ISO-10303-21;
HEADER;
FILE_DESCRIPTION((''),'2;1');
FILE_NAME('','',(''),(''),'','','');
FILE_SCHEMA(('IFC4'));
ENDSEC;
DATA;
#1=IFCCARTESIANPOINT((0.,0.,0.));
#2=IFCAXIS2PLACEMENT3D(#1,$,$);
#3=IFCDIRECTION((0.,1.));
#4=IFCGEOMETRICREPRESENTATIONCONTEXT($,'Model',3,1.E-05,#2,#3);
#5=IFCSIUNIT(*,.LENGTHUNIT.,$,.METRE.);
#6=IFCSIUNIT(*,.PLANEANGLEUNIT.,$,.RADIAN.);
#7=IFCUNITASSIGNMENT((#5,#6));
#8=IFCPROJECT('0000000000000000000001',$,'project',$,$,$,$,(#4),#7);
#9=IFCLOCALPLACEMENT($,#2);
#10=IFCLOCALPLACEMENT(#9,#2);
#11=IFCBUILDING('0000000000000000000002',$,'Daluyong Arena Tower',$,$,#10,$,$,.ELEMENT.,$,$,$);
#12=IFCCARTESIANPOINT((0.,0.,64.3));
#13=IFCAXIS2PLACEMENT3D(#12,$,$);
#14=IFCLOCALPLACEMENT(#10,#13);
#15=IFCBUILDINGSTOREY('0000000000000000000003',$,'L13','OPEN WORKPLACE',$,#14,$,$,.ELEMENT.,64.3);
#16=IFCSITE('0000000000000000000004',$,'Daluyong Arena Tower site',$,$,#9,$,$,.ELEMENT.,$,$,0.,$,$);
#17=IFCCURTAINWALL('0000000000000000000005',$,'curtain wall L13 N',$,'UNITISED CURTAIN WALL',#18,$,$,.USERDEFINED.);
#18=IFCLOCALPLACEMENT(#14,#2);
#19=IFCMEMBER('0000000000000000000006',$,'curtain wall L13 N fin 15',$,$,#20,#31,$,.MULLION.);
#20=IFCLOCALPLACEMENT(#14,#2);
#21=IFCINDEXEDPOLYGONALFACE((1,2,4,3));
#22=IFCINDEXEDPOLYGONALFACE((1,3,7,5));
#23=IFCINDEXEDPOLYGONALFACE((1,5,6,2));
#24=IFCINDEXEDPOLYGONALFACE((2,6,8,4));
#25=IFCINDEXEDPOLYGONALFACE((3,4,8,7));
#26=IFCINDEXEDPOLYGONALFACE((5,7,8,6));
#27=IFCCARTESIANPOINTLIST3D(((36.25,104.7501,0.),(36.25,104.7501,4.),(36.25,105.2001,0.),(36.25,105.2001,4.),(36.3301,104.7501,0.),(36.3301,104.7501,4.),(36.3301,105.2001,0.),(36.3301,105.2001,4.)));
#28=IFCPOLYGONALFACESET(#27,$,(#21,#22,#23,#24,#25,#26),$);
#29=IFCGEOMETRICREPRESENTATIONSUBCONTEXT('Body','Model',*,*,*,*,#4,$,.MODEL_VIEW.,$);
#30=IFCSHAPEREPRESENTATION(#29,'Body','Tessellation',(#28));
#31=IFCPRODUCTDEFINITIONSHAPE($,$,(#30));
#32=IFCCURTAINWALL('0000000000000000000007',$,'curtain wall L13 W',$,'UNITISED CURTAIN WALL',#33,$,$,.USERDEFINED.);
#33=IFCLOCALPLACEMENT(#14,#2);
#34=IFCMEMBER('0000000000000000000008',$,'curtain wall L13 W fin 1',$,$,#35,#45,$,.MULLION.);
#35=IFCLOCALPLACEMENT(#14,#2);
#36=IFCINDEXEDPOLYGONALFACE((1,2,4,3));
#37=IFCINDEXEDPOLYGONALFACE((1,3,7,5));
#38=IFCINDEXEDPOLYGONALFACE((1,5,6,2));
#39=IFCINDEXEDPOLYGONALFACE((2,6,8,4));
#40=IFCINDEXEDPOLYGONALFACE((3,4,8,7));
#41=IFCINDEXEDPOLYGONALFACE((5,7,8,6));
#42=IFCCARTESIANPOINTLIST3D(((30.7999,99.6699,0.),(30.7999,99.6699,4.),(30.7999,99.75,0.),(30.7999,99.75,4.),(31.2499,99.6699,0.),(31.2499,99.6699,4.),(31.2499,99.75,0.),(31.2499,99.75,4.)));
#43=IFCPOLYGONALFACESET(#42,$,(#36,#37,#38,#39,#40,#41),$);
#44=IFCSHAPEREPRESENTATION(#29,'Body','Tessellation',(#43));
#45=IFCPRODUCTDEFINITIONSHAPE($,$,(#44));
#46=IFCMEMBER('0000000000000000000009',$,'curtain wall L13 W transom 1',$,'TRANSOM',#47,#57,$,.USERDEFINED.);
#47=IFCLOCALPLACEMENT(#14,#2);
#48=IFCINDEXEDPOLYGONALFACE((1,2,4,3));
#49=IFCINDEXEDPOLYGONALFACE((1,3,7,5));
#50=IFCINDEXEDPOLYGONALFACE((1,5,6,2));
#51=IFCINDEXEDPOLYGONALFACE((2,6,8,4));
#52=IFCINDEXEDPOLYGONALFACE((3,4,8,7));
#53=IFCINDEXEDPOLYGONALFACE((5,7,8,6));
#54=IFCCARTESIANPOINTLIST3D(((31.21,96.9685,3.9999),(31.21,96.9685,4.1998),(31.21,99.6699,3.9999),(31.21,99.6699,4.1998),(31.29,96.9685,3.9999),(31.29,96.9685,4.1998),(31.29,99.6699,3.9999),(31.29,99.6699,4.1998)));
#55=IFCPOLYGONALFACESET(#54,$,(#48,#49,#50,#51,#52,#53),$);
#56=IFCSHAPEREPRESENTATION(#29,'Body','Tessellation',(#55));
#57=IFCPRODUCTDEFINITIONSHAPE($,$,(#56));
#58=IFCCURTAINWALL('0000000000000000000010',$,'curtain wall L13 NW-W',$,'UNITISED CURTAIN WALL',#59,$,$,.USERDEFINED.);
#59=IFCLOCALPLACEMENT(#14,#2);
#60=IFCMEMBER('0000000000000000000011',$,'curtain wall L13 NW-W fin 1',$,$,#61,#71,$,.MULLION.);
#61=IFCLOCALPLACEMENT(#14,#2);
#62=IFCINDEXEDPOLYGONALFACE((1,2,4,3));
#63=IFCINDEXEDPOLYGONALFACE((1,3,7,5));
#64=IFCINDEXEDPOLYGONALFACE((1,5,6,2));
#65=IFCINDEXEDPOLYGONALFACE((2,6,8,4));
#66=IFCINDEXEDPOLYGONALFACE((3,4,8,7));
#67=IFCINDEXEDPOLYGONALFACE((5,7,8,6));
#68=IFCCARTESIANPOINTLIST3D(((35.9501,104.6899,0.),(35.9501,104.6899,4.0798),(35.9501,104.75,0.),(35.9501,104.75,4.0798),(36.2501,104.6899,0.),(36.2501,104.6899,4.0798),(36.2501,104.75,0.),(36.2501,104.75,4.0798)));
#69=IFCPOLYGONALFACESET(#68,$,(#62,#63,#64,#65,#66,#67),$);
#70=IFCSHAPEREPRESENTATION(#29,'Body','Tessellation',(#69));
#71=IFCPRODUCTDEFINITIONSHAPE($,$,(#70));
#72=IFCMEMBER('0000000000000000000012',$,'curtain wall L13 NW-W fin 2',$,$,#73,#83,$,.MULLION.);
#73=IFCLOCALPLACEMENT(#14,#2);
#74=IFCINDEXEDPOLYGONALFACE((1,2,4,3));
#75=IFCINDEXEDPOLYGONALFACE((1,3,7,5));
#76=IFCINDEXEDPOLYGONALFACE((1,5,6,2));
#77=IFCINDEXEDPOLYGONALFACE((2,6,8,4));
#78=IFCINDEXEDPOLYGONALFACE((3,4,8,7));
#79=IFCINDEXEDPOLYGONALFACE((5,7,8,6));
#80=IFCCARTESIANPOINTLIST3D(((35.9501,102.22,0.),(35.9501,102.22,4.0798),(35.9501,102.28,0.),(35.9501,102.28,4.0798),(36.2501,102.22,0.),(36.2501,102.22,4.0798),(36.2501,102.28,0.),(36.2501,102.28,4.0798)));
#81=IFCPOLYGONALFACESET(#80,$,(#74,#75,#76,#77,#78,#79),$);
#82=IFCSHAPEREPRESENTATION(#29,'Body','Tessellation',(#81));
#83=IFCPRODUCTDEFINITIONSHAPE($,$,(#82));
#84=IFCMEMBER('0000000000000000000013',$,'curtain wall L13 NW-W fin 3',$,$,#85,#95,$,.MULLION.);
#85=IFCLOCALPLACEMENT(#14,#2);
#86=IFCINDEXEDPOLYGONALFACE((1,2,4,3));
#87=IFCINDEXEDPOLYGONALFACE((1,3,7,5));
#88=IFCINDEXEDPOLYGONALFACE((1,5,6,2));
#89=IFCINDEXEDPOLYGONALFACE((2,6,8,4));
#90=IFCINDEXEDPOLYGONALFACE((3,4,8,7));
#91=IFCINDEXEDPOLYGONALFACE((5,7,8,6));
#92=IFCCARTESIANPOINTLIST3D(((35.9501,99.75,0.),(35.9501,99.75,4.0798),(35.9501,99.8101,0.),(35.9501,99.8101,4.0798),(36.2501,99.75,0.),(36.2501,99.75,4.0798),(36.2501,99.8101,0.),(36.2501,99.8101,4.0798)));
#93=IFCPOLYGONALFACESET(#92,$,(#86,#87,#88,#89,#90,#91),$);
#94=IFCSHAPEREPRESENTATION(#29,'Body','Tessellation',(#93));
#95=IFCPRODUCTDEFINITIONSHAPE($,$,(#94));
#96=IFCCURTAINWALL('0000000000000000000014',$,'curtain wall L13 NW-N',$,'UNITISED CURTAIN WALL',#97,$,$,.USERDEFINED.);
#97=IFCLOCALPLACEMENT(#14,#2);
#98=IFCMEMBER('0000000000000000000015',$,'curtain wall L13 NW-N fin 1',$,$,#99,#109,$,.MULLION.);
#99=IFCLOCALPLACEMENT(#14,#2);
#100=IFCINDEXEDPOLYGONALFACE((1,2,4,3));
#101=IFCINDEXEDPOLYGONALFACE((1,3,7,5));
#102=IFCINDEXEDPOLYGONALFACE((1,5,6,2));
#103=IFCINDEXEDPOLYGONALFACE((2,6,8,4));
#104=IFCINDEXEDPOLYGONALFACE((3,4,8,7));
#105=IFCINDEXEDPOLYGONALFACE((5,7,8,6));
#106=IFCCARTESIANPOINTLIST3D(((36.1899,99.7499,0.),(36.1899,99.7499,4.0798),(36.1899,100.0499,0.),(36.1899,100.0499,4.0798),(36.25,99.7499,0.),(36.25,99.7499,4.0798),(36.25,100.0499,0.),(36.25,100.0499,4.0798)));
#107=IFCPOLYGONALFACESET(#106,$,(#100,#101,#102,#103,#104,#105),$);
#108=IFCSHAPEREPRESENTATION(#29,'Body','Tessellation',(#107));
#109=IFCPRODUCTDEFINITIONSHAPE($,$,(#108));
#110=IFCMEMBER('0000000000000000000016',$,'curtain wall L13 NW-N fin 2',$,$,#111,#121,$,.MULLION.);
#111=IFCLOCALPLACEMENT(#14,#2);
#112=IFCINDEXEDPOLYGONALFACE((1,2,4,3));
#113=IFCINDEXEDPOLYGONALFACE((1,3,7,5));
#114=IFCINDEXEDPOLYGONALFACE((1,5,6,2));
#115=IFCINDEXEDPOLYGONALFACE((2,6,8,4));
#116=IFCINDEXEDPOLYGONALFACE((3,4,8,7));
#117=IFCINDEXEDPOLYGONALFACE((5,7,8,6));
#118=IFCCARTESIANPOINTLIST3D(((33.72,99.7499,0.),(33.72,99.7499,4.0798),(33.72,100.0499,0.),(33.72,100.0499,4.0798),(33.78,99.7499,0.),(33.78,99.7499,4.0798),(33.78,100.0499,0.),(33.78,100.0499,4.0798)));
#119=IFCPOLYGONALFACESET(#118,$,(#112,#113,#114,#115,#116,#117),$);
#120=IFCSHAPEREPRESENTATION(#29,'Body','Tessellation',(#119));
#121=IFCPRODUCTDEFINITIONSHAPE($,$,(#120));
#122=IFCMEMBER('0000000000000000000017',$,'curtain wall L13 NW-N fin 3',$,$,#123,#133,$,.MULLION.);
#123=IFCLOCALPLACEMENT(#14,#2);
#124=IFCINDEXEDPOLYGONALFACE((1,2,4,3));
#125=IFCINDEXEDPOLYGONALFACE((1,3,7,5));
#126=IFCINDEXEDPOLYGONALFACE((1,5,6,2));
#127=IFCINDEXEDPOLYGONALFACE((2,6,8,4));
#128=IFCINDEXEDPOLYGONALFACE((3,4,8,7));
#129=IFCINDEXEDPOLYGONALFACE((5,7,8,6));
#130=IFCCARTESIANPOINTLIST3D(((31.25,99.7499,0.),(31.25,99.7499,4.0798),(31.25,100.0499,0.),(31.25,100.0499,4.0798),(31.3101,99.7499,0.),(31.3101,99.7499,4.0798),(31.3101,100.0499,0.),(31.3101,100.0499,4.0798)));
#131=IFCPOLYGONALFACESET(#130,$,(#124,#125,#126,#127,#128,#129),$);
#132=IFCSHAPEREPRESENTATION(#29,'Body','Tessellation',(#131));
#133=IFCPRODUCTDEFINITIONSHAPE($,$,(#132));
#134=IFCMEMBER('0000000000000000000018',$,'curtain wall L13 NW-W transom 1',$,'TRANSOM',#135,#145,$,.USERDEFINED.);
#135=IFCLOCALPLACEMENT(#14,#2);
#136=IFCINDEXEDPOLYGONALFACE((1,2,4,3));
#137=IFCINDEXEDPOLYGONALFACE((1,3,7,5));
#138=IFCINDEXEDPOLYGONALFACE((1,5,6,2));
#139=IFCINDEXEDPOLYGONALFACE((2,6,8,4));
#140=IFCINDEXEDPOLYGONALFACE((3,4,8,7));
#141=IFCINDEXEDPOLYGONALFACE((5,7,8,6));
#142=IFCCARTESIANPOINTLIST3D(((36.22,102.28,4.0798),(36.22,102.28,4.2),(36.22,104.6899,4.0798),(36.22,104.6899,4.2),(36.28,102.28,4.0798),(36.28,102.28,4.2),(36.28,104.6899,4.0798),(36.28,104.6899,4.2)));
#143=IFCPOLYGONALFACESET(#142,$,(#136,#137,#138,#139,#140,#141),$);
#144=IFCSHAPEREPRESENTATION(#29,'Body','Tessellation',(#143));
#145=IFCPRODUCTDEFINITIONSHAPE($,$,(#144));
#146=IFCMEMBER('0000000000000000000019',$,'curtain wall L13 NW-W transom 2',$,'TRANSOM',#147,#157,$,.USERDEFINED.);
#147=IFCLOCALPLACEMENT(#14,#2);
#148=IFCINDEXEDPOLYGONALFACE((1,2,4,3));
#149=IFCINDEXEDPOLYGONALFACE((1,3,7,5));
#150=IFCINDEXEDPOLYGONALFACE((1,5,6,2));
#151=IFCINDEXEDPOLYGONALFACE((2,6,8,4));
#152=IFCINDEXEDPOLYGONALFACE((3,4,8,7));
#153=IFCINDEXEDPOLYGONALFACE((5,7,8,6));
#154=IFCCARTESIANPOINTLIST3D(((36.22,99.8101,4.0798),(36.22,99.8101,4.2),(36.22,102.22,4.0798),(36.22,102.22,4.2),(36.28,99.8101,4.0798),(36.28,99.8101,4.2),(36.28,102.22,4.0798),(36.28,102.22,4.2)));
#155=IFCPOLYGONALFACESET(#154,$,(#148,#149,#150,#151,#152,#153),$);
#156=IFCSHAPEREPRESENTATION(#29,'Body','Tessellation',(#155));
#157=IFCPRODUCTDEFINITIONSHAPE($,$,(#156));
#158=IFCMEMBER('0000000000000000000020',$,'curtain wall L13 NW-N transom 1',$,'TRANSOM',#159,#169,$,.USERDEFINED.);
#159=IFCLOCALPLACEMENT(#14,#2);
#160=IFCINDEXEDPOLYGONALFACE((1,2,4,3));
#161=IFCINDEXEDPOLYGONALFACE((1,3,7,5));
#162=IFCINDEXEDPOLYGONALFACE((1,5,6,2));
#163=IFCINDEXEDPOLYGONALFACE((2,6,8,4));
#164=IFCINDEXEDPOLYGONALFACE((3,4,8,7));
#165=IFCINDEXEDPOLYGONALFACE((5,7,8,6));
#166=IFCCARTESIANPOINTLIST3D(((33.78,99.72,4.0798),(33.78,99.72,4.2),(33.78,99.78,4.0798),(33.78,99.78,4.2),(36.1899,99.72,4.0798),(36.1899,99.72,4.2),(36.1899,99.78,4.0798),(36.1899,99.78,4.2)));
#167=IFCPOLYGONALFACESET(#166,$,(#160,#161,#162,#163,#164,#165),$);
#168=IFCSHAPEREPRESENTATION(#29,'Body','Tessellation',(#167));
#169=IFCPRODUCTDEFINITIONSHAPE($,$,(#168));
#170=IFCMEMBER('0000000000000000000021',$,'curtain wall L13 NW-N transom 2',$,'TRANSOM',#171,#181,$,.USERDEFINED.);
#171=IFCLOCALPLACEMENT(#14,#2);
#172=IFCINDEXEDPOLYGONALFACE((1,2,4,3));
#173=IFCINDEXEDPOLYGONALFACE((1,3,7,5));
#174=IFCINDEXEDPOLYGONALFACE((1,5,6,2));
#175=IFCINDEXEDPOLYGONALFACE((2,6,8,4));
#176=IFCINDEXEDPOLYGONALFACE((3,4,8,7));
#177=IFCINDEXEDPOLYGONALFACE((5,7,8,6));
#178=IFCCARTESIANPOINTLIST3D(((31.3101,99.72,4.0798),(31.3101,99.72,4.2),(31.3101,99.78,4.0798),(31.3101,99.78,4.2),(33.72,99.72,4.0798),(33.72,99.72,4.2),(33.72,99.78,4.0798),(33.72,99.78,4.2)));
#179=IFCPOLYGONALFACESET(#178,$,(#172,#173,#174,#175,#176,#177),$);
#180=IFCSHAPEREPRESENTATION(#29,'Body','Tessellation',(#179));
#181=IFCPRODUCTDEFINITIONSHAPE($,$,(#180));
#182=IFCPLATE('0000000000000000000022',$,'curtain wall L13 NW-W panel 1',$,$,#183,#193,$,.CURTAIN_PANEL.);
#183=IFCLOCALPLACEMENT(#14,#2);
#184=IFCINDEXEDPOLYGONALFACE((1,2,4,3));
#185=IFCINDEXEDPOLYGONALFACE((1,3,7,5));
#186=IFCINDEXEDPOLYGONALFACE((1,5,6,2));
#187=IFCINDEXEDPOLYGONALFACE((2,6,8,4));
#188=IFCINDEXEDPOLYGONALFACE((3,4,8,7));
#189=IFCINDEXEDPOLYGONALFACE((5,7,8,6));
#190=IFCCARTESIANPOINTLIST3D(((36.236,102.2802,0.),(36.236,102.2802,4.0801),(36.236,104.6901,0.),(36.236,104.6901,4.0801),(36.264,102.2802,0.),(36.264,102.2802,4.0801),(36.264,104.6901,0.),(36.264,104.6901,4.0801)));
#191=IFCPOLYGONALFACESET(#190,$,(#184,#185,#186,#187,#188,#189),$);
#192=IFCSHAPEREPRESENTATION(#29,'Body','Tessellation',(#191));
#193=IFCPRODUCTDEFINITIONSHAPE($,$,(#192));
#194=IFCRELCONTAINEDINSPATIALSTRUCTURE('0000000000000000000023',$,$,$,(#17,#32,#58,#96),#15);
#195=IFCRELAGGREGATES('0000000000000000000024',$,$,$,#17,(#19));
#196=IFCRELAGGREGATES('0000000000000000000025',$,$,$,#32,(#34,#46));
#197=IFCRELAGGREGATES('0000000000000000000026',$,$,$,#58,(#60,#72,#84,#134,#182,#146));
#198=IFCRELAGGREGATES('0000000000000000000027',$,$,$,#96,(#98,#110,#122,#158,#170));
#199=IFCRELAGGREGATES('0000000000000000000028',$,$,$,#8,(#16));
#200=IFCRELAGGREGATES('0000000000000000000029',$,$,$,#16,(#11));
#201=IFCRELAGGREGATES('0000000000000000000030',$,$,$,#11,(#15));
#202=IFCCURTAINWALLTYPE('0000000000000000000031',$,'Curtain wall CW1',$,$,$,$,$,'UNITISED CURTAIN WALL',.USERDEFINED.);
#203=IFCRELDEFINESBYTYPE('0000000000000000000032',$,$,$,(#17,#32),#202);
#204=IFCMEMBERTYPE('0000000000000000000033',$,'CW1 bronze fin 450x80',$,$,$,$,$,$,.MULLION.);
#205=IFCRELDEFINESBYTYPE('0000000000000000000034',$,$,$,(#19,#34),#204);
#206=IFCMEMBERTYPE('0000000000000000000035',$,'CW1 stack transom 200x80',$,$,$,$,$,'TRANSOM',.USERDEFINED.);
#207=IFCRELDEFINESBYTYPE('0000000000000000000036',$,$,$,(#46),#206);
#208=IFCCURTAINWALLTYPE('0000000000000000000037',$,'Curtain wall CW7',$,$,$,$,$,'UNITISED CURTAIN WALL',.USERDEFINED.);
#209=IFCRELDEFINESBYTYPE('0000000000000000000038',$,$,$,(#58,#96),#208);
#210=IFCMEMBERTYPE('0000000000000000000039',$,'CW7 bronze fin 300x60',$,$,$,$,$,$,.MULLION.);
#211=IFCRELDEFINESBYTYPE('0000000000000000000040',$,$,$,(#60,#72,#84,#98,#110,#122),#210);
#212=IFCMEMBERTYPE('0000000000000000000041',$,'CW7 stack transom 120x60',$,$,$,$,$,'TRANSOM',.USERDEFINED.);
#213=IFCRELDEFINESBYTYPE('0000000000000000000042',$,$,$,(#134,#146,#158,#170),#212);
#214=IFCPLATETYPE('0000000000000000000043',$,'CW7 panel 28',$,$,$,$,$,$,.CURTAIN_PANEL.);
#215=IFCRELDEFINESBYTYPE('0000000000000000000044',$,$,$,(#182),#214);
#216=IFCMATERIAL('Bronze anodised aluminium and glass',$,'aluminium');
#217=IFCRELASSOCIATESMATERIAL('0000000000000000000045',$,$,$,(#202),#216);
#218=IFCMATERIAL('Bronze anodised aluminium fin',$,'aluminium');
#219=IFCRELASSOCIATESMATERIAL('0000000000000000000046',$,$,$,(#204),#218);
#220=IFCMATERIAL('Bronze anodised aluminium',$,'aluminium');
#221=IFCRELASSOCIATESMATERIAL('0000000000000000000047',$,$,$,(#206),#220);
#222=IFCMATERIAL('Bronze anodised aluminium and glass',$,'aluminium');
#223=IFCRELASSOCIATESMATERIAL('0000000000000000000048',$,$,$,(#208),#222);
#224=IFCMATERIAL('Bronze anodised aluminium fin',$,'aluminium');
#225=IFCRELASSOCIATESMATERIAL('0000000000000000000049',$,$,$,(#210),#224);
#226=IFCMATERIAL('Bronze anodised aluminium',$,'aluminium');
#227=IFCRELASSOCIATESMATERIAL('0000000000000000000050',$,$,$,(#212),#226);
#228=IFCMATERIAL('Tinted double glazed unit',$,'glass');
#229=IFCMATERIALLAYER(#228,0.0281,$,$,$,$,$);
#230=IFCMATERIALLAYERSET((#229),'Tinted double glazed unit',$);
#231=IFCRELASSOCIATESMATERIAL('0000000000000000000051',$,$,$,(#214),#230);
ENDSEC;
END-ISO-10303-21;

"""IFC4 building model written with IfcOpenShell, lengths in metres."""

from ifc_helpers import new_model, si_unit, direction, frame, origin, origin_2d, place, context, subcontext, project, spatial, rectangle, extrude, material, layer, layer_set, material_profile, profile_set, type_object, element, aggregate, save


model = new_model("IFC4")

# Units and contexts
model_context = context("Model", 3, precision=1e-05, world=origin(), true_north=direction((0.0, 1.0)))
body_context = subcontext(model_context, "Body", "Model", "MODEL_VIEW")
ifc_project = project(units=[si_unit("LENGTHUNIT", "METRE"), si_unit("PLANEANGLEUNIT", "RADIAN")], contexts=[model_context])

# Site, building, storey
site_placement = place(None, origin())
site = spatial("IfcSite", under=ifc_project, at=site_placement, Name="Daluyong Arena Tower site", CompositionType="ELEMENT", RefElevation=0.0)
building_placement = place(site_placement, origin())
building = spatial("IfcBuilding", under=site, at=building_placement, Name="Daluyong Arena Tower", CompositionType="ELEMENT")
storey_placement = place(building_placement, frame((0.0, 0.0, 64.3)))
storey = spatial("IfcBuildingStorey", under=building, at=storey_placement, Name="L13", Description="OPEN WORKPLACE", CompositionType="ELEMENT", Elevation=64.3)

# Curtain wall, member
ifc_material_1 = material(Name="Bronze anodised aluminium and glass", Category="aluminium")
curtain_wall_type_1 = type_object("IfcCurtainWallType", Name="Curtain wall CW1", ElementType="UNITISED CURTAIN WALL", PredefinedType="USERDEFINED", material=ifc_material_1)
curtain_wall_1_placement = place(storey_placement, origin())
curtain_wall_1 = element("IfcCurtainWall", 1, at=curtain_wall_1_placement, inside=storey, type_object=curtain_wall_type_1, Name="curtain wall L13 N", ObjectType="UNITISED CURTAIN WALL", PredefinedType="USERDEFINED")
ifc_material_2 = material(Name="Bronze anodised aluminium fin", Category="aluminium")
ifc_material_profile_1 = material_profile(ifc_material_2, rectangle(XDim=0.45, YDim=0.0801, at=origin_2d()))
ifc_profile_set_1 = profile_set([ifc_material_profile_1], Name="Bronze anodised aluminium fin")
member_type_1 = type_object("IfcMemberType", Name="CW1 bronze fin 450x80", PredefinedType="MULLION", material=ifc_profile_set_1)
member_1_placement = place(storey_placement, frame((36.29, 104.9751, 0.0), z_axis=(0.0, 0.0, 1.0), x_axis=(0.0, -1.0, 0.0)))
member_1 = element("IfcMember", 2, at=member_1_placement, type_object=member_type_1, Name="curtain wall L13 N fin 15", PredefinedType="MULLION", context=body_context, shape_type="SweptSolid", body=[
    extrude(rectangle(XDim=0.45, YDim=0.0801, at=origin_2d()), origin(), (0.0, 0.0, 1.0), 4.0),
])
aggregate(curtain_wall_1, [member_1])

# Curtain walls, members
curtain_wall_2_placement = place(storey_placement, origin())
curtain_wall_2 = element("IfcCurtainWall", 3, at=curtain_wall_2_placement, inside=storey, type_object=curtain_wall_type_1, Name="curtain wall L13 W", ObjectType="UNITISED CURTAIN WALL", PredefinedType="USERDEFINED")
member_2_placement = place(storey_placement, frame((31.0249, 99.71, 0.0), z_axis=(0.0, 0.0, 1.0), x_axis=(1.0, 0.0, 0.0)))
member_2 = element("IfcMember", 4, at=member_2_placement, type_object=member_type_1, Name="curtain wall L13 W fin 1", PredefinedType="MULLION", context=body_context, shape_type="SweptSolid", body=[
    extrude(rectangle(XDim=0.45, YDim=0.0801, at=origin_2d()), origin(), (0.0, 0.0, 1.0), 4.0),
])
ifc_material_3 = material(Name="Bronze anodised aluminium", Category="aluminium")
ifc_material_profile_2 = material_profile(ifc_material_3, rectangle(XDim=0.0801, YDim=0.2, at=origin_2d()))
ifc_profile_set_2 = profile_set([ifc_material_profile_2], Name="Bronze anodised aluminium")
member_type_2 = type_object("IfcMemberType", Name="CW1 stack transom 200x80", ElementType="TRANSOM", PredefinedType="USERDEFINED", material=ifc_profile_set_2)
member_3_placement = place(storey_placement, frame((31.25, 99.6699, 4.0999), z_axis=(0.0, -1.0, 0.0), x_axis=(1.0, 0.0, 0.0)))
member_3 = element("IfcMember", 5, at=member_3_placement, type_object=member_type_2, Name="curtain wall L13 W transom 1", ObjectType="TRANSOM", PredefinedType="USERDEFINED", context=body_context, shape_type="SweptSolid", body=[
    extrude(rectangle(XDim=0.0801, YDim=0.2, at=origin_2d()), origin(), (0.0, 0.0, 1.0), 2.7014),
])
aggregate(curtain_wall_2, [member_2, member_3])
ifc_material_4 = material(Name="Bronze anodised aluminium and glass", Category="aluminium")
curtain_wall_type_2 = type_object("IfcCurtainWallType", Name="Curtain wall CW7", ElementType="UNITISED CURTAIN WALL", PredefinedType="USERDEFINED", material=ifc_material_4)
curtain_wall_3_placement = place(storey_placement, origin())
curtain_wall_3 = element("IfcCurtainWall", 6, at=curtain_wall_3_placement, inside=storey, type_object=curtain_wall_type_2, Name="curtain wall L13 NW-W", ObjectType="UNITISED CURTAIN WALL", PredefinedType="USERDEFINED")
ifc_material_5 = material(Name="Bronze anodised aluminium fin", Category="aluminium")
ifc_material_profile_3 = material_profile(ifc_material_5, rectangle(XDim=0.3, YDim=0.0601, at=origin_2d()))
ifc_profile_set_3 = profile_set([ifc_material_profile_3], Name="Bronze anodised aluminium fin")
member_type_3 = type_object("IfcMemberType", Name="CW7 bronze fin 300x60", PredefinedType="MULLION", material=ifc_profile_set_3)
member_4_placement = place(storey_placement, frame((36.1001, 104.72, 0.0), z_axis=(0.0, 0.0, 1.0), x_axis=(1.0, 0.0, 0.0)))
member_4 = element("IfcMember", 7, at=member_4_placement, type_object=member_type_3, Name="curtain wall L13 NW-W fin 1", PredefinedType="MULLION", context=body_context, shape_type="SweptSolid", body=[
    extrude(rectangle(XDim=0.3, YDim=0.0601, at=origin_2d()), origin(), (0.0, 0.0, 1.0), 4.0798),
])
member_5_placement = place(storey_placement, frame((36.1001, 102.25, 0.0), z_axis=(0.0, 0.0, 1.0), x_axis=(1.0, 0.0, 0.0)))
member_5 = element("IfcMember", 8, at=member_5_placement, type_object=member_type_3, Name="curtain wall L13 NW-W fin 2", PredefinedType="MULLION", context=body_context, shape_type="SweptSolid", body=[
    extrude(rectangle(XDim=0.3, YDim=0.0601, at=origin_2d()), origin(), (0.0, 0.0, 1.0), 4.0798),
])
member_6_placement = place(storey_placement, frame((36.1001, 99.78, 0.0), z_axis=(0.0, 0.0, 1.0), x_axis=(1.0, 0.0, 0.0)))
member_6 = element("IfcMember", 9, at=member_6_placement, type_object=member_type_3, Name="curtain wall L13 NW-W fin 3", PredefinedType="MULLION", context=body_context, shape_type="SweptSolid", body=[
    extrude(rectangle(XDim=0.3, YDim=0.0601, at=origin_2d()), origin(), (0.0, 0.0, 1.0), 4.0798),
])
curtain_wall_4_placement = place(storey_placement, origin())
curtain_wall_4 = element("IfcCurtainWall", 10, at=curtain_wall_4_placement, inside=storey, type_object=curtain_wall_type_2, Name="curtain wall L13 NW-N", ObjectType="UNITISED CURTAIN WALL", PredefinedType="USERDEFINED")
member_7_placement = place(storey_placement, frame((36.22, 99.8999, 0.0), z_axis=(0.0, 0.0, 1.0), x_axis=(0.0, -1.0, 0.0)))
member_7 = element("IfcMember", 11, at=member_7_placement, type_object=member_type_3, Name="curtain wall L13 NW-N fin 1", PredefinedType="MULLION", context=body_context, shape_type="SweptSolid", body=[
    extrude(rectangle(XDim=0.3, YDim=0.0601, at=origin_2d()), origin(), (0.0, 0.0, 1.0), 4.0798),
])
member_8_placement = place(storey_placement, frame((33.75, 99.8999, 0.0), z_axis=(0.0, 0.0, 1.0), x_axis=(0.0, -1.0, 0.0)))
member_8 = element("IfcMember", 12, at=member_8_placement, type_object=member_type_3, Name="curtain wall L13 NW-N fin 2", PredefinedType="MULLION", context=body_context, shape_type="SweptSolid", body=[
    extrude(rectangle(XDim=0.3, YDim=0.0601, at=origin_2d()), origin(), (0.0, 0.0, 1.0), 4.0798),
])
member_9_placement = place(storey_placement, frame((31.28, 99.8999, 0.0), z_axis=(0.0, 0.0, 1.0), x_axis=(0.0, -1.0, 0.0)))
member_9 = element("IfcMember", 13, at=member_9_placement, type_object=member_type_3, Name="curtain wall L13 NW-N fin 3", PredefinedType="MULLION", context=body_context, shape_type="SweptSolid", body=[
    extrude(rectangle(XDim=0.3, YDim=0.0601, at=origin_2d()), origin(), (0.0, 0.0, 1.0), 4.0798),
])

# Members
ifc_material_6 = material(Name="Bronze anodised aluminium", Category="aluminium")
ifc_material_profile_4 = material_profile(ifc_material_6, rectangle(XDim=0.0601, YDim=0.1201, at=origin_2d()))
ifc_profile_set_4 = profile_set([ifc_material_profile_4], Name="Bronze anodised aluminium")
member_type_4 = type_object("IfcMemberType", Name="CW7 stack transom 120x60", ElementType="TRANSOM", PredefinedType="USERDEFINED", material=ifc_profile_set_4)
member_10_placement = place(storey_placement, frame((36.25, 104.6899, 4.1399), z_axis=(0.0, -1.0, 0.0), x_axis=(1.0, 0.0, 0.0)))
member_10 = element("IfcMember", 14, at=member_10_placement, type_object=member_type_4, Name="curtain wall L13 NW-W transom 1", ObjectType="TRANSOM", PredefinedType="USERDEFINED", context=body_context, shape_type="SweptSolid", body=[
    extrude(rectangle(XDim=0.0601, YDim=0.1201, at=origin_2d()), origin(), (0.0, 0.0, 1.0), 2.4099),
])
member_11_placement = place(storey_placement, frame((36.25, 102.22, 4.1399), z_axis=(0.0, -1.0, 0.0), x_axis=(1.0, 0.0, 0.0)))
member_11 = element("IfcMember", 15, at=member_11_placement, type_object=member_type_4, Name="curtain wall L13 NW-W transom 2", ObjectType="TRANSOM", PredefinedType="USERDEFINED", context=body_context, shape_type="SweptSolid", body=[
    extrude(rectangle(XDim=0.0601, YDim=0.1201, at=origin_2d()), origin(), (0.0, 0.0, 1.0), 2.4099),
])
member_12_placement = place(storey_placement, frame((36.1899, 99.75, 4.1399), z_axis=(-1.0, 0.0, 0.0), x_axis=(0.0, -1.0, 0.0)))
member_12 = element("IfcMember", 16, at=member_12_placement, type_object=member_type_4, Name="curtain wall L13 NW-N transom 1", ObjectType="TRANSOM", PredefinedType="USERDEFINED", context=body_context, shape_type="SweptSolid", body=[
    extrude(rectangle(XDim=0.0601, YDim=0.1201, at=origin_2d()), origin(), (0.0, 0.0, 1.0), 2.4099),
])
member_13_placement = place(storey_placement, frame((33.72, 99.75, 4.1399), z_axis=(-1.0, 0.0, 0.0), x_axis=(0.0, -1.0, 0.0)))
member_13 = element("IfcMember", 17, at=member_13_placement, type_object=member_type_4, Name="curtain wall L13 NW-N transom 2", ObjectType="TRANSOM", PredefinedType="USERDEFINED", context=body_context, shape_type="SweptSolid", body=[
    extrude(rectangle(XDim=0.0601, YDim=0.1201, at=origin_2d()), origin(), (0.0, 0.0, 1.0), 2.4099),
])

# Plate
ifc_material_7 = material(Name="Tinted double glazed unit", Category="glass")
ifc_layer = layer(ifc_material_7, 0.0281)
ifc_layer_set = layer_set([ifc_layer], Name="Tinted double glazed unit")
plate_type = type_object("IfcPlateType", Name="CW7 panel 28", PredefinedType="CURTAIN_PANEL", material=ifc_layer_set)
plate_1_placement = place(storey_placement, frame((36.25, 103.4851, 0.0), z_axis=(0.0, 0.0, 1.0), x_axis=(0.0, -1.0, 0.0)))
plate_1 = element("IfcPlate", 18, at=plate_1_placement, type_object=plate_type, Name="curtain wall L13 NW-W panel 1", PredefinedType="CURTAIN_PANEL", context=body_context, shape_type="SweptSolid", body=[
    extrude(rectangle(XDim=2.4099, YDim=0.0281, at=origin_2d()), origin(), (0.0, 0.0, 1.0), 4.0801),
])
aggregate(curtain_wall_3, [member_4, member_5, member_6, member_10, plate_1, member_11])
aggregate(curtain_wall_4, [member_7, member_8, member_9, member_12, member_13])

save(model, "model.ifc")
